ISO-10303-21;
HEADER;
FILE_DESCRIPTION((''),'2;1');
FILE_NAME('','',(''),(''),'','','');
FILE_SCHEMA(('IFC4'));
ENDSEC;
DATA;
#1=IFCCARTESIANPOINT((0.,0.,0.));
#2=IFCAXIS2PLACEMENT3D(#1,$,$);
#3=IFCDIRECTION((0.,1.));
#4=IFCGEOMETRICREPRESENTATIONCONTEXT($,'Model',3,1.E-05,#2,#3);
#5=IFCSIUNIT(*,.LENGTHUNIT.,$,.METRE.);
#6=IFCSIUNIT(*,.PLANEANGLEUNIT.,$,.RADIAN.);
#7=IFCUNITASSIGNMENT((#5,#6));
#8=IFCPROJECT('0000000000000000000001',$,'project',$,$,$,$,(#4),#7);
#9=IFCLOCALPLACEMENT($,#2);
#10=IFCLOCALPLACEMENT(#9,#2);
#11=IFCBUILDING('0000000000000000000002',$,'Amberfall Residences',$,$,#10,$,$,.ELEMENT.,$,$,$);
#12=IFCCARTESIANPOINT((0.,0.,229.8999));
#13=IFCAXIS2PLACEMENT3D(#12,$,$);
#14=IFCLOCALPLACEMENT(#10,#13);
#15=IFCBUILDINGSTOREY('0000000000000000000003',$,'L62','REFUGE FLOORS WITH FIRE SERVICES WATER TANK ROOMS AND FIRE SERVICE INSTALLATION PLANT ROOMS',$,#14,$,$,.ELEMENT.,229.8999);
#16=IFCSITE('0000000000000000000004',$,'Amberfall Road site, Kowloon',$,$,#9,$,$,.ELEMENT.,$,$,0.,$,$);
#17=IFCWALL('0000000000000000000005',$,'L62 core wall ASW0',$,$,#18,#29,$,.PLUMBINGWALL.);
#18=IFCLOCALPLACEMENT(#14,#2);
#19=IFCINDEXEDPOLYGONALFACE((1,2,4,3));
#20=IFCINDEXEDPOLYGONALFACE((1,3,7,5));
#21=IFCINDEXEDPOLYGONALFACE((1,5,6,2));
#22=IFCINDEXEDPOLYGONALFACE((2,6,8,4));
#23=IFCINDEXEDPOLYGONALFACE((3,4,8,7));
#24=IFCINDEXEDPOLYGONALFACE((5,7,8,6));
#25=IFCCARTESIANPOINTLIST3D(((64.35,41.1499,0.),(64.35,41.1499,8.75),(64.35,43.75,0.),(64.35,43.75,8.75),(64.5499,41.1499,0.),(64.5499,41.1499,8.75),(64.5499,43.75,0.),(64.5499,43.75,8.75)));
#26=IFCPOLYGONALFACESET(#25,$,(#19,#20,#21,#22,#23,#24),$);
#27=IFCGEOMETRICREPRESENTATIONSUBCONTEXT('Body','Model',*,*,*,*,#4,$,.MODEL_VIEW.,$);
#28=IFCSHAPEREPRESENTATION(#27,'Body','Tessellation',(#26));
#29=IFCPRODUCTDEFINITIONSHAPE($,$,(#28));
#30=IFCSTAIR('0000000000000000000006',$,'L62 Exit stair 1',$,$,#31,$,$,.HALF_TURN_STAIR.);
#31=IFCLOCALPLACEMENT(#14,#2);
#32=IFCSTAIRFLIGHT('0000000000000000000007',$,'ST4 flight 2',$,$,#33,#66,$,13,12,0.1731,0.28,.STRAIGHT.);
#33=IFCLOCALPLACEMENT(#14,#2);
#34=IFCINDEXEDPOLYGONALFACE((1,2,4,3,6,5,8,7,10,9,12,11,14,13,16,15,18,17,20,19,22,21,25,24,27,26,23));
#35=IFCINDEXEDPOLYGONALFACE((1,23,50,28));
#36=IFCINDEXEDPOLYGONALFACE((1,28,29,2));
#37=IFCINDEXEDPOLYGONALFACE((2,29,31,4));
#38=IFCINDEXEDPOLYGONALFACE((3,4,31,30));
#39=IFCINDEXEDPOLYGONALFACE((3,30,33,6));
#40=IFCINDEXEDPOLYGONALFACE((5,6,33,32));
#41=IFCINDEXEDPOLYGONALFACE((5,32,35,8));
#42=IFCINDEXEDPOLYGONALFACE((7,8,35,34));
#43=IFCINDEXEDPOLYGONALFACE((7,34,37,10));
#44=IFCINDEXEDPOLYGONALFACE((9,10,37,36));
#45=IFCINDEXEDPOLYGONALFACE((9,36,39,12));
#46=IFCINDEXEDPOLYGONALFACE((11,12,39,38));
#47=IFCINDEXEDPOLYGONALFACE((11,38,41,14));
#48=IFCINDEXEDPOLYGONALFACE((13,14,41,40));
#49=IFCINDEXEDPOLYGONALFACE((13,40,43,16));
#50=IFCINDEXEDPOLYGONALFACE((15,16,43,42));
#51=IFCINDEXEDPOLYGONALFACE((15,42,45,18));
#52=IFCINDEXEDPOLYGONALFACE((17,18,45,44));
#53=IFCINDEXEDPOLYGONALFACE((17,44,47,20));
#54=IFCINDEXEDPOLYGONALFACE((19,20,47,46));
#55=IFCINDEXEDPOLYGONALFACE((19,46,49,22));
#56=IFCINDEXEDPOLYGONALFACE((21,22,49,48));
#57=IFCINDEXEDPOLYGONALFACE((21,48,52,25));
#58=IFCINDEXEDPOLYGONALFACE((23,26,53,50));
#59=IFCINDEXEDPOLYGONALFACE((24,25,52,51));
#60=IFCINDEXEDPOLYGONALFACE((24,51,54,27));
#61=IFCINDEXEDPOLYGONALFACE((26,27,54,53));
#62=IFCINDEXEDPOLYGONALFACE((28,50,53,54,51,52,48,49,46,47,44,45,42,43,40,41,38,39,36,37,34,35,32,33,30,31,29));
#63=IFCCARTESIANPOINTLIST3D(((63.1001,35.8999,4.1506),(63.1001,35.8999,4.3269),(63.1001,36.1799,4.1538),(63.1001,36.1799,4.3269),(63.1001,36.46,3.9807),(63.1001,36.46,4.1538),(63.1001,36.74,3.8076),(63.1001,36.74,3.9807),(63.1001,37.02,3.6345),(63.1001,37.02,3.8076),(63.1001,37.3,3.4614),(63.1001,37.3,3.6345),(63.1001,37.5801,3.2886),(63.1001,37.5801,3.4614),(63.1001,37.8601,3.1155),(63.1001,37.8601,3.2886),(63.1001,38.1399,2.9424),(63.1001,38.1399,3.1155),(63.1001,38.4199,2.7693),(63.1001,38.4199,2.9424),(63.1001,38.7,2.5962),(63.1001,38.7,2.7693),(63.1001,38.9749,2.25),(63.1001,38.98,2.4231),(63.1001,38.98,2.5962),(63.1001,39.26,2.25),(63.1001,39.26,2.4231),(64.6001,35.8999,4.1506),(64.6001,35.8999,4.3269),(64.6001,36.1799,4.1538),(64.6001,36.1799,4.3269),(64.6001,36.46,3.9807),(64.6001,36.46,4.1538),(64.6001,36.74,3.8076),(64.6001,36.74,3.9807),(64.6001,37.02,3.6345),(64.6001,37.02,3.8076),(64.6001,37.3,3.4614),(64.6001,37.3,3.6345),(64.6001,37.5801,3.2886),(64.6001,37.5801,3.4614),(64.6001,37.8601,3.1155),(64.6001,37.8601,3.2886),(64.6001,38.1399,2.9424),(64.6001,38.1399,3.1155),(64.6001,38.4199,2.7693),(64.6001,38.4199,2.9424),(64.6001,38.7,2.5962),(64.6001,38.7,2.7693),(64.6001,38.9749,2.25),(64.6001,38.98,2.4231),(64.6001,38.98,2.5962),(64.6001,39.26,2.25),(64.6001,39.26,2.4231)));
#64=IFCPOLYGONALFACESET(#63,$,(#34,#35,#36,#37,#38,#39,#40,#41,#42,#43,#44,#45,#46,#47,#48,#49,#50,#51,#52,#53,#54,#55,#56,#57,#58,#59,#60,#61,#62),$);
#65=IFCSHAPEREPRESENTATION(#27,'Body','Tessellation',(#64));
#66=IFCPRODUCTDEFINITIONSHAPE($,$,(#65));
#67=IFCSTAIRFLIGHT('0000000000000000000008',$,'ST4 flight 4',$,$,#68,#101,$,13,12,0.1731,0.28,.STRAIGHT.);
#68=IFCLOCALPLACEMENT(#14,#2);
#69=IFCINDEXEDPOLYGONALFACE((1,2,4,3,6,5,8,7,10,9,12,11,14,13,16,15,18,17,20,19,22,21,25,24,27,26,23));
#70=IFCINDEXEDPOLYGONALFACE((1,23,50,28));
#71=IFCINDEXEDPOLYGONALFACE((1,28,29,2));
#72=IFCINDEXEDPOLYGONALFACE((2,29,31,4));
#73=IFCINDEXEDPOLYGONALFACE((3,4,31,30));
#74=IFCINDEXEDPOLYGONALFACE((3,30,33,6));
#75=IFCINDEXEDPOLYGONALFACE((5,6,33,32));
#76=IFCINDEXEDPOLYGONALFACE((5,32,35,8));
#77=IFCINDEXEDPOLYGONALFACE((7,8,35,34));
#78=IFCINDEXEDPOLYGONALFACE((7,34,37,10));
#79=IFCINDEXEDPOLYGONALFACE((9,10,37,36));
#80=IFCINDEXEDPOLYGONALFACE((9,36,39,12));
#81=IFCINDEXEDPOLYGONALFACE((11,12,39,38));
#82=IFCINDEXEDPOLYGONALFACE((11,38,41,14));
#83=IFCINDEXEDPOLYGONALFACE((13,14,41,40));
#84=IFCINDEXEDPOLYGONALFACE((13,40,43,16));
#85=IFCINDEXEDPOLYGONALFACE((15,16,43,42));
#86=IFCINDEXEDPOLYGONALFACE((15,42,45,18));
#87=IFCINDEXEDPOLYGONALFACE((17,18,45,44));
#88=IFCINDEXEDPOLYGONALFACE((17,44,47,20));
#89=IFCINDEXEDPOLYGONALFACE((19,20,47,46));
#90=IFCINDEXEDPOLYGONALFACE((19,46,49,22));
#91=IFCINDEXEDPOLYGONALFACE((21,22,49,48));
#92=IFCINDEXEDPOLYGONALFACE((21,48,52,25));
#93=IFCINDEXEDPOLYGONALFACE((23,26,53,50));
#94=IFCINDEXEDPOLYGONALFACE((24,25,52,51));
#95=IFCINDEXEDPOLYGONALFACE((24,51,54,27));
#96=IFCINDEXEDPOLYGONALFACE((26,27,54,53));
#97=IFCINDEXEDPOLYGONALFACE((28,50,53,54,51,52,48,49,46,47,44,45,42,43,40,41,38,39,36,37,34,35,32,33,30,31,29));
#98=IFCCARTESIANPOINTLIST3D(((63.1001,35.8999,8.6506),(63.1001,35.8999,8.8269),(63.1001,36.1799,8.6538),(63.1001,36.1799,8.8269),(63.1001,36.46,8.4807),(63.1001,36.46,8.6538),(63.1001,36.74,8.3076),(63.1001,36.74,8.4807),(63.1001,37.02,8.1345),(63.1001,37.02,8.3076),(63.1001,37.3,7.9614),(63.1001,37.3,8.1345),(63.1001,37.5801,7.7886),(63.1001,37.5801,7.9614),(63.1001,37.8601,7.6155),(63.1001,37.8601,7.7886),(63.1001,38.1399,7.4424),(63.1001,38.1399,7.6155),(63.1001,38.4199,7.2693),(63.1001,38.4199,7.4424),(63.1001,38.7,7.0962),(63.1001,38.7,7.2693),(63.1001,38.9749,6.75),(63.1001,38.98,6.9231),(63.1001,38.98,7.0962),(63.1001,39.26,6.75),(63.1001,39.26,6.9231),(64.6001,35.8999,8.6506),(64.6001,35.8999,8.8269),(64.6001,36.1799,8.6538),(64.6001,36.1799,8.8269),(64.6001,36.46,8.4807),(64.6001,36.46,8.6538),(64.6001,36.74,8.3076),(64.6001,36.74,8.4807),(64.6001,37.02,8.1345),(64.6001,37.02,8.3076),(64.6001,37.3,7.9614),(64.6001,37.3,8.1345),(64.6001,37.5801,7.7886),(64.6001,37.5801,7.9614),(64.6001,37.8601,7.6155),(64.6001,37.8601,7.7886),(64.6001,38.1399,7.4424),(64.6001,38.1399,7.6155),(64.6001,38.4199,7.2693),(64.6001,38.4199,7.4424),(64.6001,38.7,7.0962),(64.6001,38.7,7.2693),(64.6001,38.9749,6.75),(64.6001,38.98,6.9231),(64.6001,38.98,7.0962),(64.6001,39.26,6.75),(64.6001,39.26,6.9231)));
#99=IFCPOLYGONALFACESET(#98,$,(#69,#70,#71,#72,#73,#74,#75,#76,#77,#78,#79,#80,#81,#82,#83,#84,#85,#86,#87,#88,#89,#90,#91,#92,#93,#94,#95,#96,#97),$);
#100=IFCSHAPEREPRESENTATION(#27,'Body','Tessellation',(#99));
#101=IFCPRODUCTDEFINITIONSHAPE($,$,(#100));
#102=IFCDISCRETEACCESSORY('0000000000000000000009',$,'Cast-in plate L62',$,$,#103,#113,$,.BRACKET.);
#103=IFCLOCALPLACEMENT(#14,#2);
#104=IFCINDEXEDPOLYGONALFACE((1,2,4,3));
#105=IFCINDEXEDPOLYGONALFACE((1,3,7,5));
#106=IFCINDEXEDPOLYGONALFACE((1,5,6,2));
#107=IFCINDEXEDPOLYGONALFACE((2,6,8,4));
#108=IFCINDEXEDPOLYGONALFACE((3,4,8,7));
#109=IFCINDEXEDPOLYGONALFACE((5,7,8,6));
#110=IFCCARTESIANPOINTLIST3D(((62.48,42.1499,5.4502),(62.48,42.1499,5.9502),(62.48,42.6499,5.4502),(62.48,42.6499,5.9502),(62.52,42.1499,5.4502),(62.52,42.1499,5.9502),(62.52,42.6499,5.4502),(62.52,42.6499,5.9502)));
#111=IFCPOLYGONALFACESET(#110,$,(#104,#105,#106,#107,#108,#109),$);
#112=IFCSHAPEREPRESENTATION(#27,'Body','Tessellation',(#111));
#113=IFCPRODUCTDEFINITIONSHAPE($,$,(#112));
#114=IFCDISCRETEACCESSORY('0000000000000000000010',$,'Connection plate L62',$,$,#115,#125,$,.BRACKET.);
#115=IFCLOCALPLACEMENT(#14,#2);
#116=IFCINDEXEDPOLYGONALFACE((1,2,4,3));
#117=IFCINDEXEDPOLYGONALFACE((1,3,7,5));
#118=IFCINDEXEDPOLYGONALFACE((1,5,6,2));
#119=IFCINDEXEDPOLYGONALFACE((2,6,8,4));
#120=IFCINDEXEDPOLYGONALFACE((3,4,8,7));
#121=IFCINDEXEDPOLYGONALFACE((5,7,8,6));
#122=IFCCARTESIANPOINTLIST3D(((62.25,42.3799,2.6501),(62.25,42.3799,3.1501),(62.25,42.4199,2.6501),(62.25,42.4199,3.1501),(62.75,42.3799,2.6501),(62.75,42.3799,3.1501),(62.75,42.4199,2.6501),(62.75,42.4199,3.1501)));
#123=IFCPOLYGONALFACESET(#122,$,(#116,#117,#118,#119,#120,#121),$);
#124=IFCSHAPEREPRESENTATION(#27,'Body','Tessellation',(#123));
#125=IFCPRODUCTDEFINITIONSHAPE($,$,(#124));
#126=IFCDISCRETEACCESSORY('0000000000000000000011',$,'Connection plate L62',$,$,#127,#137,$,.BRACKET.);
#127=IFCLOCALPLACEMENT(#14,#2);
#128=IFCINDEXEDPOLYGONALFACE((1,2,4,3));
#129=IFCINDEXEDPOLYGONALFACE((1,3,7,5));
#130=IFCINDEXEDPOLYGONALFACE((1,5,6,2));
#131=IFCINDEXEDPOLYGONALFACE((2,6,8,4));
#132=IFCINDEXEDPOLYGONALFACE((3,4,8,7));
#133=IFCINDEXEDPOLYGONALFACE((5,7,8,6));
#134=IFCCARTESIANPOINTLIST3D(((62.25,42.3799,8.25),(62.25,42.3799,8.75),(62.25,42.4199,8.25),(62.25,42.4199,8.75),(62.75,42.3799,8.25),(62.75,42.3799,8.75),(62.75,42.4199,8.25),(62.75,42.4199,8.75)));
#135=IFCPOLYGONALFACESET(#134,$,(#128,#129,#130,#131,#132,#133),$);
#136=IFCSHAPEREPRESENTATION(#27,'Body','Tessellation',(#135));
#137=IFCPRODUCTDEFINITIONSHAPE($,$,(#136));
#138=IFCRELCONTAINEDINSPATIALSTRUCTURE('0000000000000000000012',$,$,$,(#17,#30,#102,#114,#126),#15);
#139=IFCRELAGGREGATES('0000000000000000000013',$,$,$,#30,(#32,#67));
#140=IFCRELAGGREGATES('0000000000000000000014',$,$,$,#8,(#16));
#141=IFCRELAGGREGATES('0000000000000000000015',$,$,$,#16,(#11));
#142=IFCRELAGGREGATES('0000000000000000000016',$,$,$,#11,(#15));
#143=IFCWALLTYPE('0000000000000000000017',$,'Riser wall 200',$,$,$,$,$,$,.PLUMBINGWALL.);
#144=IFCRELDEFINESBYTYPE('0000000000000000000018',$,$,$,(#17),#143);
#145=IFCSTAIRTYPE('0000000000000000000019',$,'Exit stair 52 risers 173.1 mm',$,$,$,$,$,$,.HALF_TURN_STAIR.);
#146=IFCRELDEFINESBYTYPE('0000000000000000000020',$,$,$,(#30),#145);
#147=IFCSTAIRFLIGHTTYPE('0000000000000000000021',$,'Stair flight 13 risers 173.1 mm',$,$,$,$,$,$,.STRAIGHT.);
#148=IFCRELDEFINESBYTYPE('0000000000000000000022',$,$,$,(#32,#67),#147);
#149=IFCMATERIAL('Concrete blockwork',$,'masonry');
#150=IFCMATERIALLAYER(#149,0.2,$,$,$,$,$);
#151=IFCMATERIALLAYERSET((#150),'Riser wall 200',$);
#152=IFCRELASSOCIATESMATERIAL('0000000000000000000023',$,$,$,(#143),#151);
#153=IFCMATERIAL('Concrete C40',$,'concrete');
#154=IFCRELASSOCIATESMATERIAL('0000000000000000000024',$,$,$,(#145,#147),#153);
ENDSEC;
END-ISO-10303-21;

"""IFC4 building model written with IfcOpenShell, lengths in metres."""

from ifc_helpers import new_model, si_unit, direction, frame, frame_2d, origin, origin_2d, place, context, subcontext, project, spatial, polyline, rectangle, outline, extrude, material, layer, layer_set, type_object, element, aggregate, save


model = new_model("IFC4")

# Units and contexts
model_context = context("Model", 3, precision=1e-05, world=origin(), true_north=direction((0.0, 1.0)))
body_context = subcontext(model_context, "Body", "Model", "MODEL_VIEW")
ifc_project = project(units=[si_unit("LENGTHUNIT", "METRE"), si_unit("PLANEANGLEUNIT", "RADIAN")], contexts=[model_context])

# Site, building, storey
site_placement = place(None, origin())
site = spatial("IfcSite", under=ifc_project, at=site_placement, Name="Amberfall Road site, Kowloon", CompositionType="ELEMENT", RefElevation=0.0)
building_placement = place(site_placement, origin())
building = spatial("IfcBuilding", under=site, at=building_placement, Name="Amberfall Residences", CompositionType="ELEMENT")
storey_placement = place(building_placement, frame((0.0, 0.0, 229.8999)))
storey = spatial("IfcBuildingStorey", under=building, at=storey_placement, Name="L62", Description="REFUGE FLOORS WITH FIRE SERVICES WATER TANK ROOMS AND FIRE SERVICE INSTALLATION PLANT ROOMS", CompositionType="ELEMENT", Elevation=229.8999)

# Wall
ifc_material_1 = material(Name="Concrete blockwork", Category="masonry")
ifc_layer_1 = layer(ifc_material_1, 0.2)
ifc_layer_set_1 = layer_set([ifc_layer_1], Name="Riser wall 200")
wall_type_1 = type_object("IfcWallType", Name="Riser wall 200", PredefinedType="PLUMBINGWALL", material=ifc_layer_set_1)
wall_1_placement = place(storey_placement, frame((64.45, 41.1499, 0.0), z_axis=(0.0, 0.0, 1.0), x_axis=(0.0, 1.0, 0.0)))
element("IfcWall", 1, at=wall_1_placement, inside=storey, type_object=wall_type_1, Name="L62 core wall ASW0", PredefinedType="PLUMBINGWALL", context=body_context, shape_type="SweptSolid", body=[
    extrude(rectangle(XDim=2.6001, YDim=0.2, at=frame_2d((1.3, 0.0))), origin(), (0.0, 0.0, 1.0), 8.75),
])

# Stair, stair flights
ifc_material_2 = material(Name="Concrete C40", Category="concrete")
stair_type = type_object("IfcStairType", Name="Exit stair 52 risers 173.1 mm", PredefinedType="HALF_TURN_STAIR", material=ifc_material_2)
stair_placement = place(storey_placement, origin())
stair = element("IfcStair", 2, at=stair_placement, inside=storey, type_object=stair_type, Name="L62 Exit stair 1", PredefinedType="HALF_TURN_STAIR")
stair_flight_type = type_object("IfcStairFlightType", Name="Stair flight 13 risers 173.1 mm", PredefinedType="STRAIGHT", material=ifc_material_2)
stair_flight_1_placement = place(storey_placement, frame((63.8501, 39.26, 2.25), z_axis=(0.0, 0.0, 1.0), x_axis=(0.0, -1.0, 0.0)))
stair_flight_1 = element("IfcStairFlight", 3, at=stair_flight_1_placement, type_object=stair_flight_type, Name="ST4 flight 2", NumberOfRisers=13, NumberOfTreads=12, PredefinedType="STRAIGHT", RiserHeight=0.1731, TreadLength=0.28, context=body_context, shape_type="SweptSolid", body=[
    extrude(outline(polyline([(0.0, 0.0), (0.0, 0.1731), (0.28, 0.1731), (0.28, 0.3462), (0.5601, 0.3462), (0.5601, 0.5193), (0.8401, 0.5193), (0.8401, 0.6924), (1.1201, 0.6924), (1.1201, 0.8655), (1.3999, 0.8655), (1.3999, 1.0386), (1.6799, 1.0386), (1.6799, 1.2114), (1.96, 1.2114), (1.96, 1.3845), (2.24, 1.3845), (2.24, 1.5576), (2.52, 1.5576), (2.52, 1.7307), (2.8, 1.7307), (2.8, 1.9038), (3.0801, 1.9038), (3.0801, 2.0769), (3.3601, 2.0769), (3.3601, 2.25), (3.3601, 1.9006), (0.2852, 0.0), (0.0, 0.0)])), frame((0.0, 0.75, 0.0), z_axis=(0.0, -1.0, 0.0), x_axis=(1.0, 0.0, 0.0)), (0.0, 0.0, 1.0), 1.5),
])
stair_flight_2_placement = place(storey_placement, frame((63.8501, 39.26, 6.75), z_axis=(0.0, 0.0, 1.0), x_axis=(0.0, -1.0, 0.0)))
stair_flight_2 = element("IfcStairFlight", 4, at=stair_flight_2_placement, type_object=stair_flight_type, Name="ST4 flight 4", NumberOfRisers=13, NumberOfTreads=12, PredefinedType="STRAIGHT", RiserHeight=0.1731, TreadLength=0.28, context=body_context, shape_type="SweptSolid", body=[
    extrude(outline(polyline([(0.0, 0.0), (0.0, 0.1731), (0.28, 0.1731), (0.28, 0.3462), (0.5601, 0.3462), (0.5601, 0.5193), (0.8401, 0.5193), (0.8401, 0.6924), (1.1201, 0.6924), (1.1201, 0.8655), (1.3999, 0.8655), (1.3999, 1.0386), (1.6799, 1.0386), (1.6799, 1.2114), (1.96, 1.2114), (1.96, 1.3845), (2.24, 1.3845), (2.24, 1.5576), (2.52, 1.5576), (2.52, 1.7307), (2.8, 1.7307), (2.8, 1.9038), (3.0801, 1.9038), (3.0801, 2.0769), (3.3601, 2.0769), (3.3601, 2.25), (3.3601, 1.9006), (0.2852, 0.0), (0.0, 0.0)])), frame((0.0, 0.75, 0.0), z_axis=(0.0, -1.0, 0.0), x_axis=(1.0, 0.0, 0.0)), (0.0, 0.0, 1.0), 1.5),
])
aggregate(stair, [stair_flight_1, stair_flight_2])

# Discrete accessories
discrete_accessory_placement = place(storey_placement, frame((62.5, 42.3999, 5.4502), z_axis=(0.0, 0.0, 1.0), x_axis=(1.0, 0.0, 0.0)))
element("IfcDiscreteAccessory", 5, at=discrete_accessory_placement, inside=storey, Name="Cast-in plate L62", PredefinedType="BRACKET", context=body_context, shape_type="SweptSolid", body=[
    extrude(rectangle(XDim=0.04, YDim=0.5, at=origin_2d()), origin(), (0.0, 0.0, 1.0), 0.5),
])
for number, where, z_axis, x_axis, name in (
    (6, (62.5, 42.3999, 2.6501), (0.0, 0.0, 1.0), (1.0, 0.0, 0.0), "Connection plate L62"),
    (7, (62.5, 42.3999, 8.25), (0.0, 0.0, 1.0), (1.0, 0.0, 0.0), "Connection plate L62"),
):
    element("IfcDiscreteAccessory", number, at=place(storey_placement, frame(where, z_axis=z_axis, x_axis=x_axis)), inside=storey, Name=name, PredefinedType="BRACKET", context=body_context, shape_type="SweptSolid", body=[
        extrude(rectangle(XDim=0.5, YDim=0.04, at=origin_2d()), origin(), (0.0, 0.0, 1.0), 0.5),
    ])

save(model, "model.ifc")
